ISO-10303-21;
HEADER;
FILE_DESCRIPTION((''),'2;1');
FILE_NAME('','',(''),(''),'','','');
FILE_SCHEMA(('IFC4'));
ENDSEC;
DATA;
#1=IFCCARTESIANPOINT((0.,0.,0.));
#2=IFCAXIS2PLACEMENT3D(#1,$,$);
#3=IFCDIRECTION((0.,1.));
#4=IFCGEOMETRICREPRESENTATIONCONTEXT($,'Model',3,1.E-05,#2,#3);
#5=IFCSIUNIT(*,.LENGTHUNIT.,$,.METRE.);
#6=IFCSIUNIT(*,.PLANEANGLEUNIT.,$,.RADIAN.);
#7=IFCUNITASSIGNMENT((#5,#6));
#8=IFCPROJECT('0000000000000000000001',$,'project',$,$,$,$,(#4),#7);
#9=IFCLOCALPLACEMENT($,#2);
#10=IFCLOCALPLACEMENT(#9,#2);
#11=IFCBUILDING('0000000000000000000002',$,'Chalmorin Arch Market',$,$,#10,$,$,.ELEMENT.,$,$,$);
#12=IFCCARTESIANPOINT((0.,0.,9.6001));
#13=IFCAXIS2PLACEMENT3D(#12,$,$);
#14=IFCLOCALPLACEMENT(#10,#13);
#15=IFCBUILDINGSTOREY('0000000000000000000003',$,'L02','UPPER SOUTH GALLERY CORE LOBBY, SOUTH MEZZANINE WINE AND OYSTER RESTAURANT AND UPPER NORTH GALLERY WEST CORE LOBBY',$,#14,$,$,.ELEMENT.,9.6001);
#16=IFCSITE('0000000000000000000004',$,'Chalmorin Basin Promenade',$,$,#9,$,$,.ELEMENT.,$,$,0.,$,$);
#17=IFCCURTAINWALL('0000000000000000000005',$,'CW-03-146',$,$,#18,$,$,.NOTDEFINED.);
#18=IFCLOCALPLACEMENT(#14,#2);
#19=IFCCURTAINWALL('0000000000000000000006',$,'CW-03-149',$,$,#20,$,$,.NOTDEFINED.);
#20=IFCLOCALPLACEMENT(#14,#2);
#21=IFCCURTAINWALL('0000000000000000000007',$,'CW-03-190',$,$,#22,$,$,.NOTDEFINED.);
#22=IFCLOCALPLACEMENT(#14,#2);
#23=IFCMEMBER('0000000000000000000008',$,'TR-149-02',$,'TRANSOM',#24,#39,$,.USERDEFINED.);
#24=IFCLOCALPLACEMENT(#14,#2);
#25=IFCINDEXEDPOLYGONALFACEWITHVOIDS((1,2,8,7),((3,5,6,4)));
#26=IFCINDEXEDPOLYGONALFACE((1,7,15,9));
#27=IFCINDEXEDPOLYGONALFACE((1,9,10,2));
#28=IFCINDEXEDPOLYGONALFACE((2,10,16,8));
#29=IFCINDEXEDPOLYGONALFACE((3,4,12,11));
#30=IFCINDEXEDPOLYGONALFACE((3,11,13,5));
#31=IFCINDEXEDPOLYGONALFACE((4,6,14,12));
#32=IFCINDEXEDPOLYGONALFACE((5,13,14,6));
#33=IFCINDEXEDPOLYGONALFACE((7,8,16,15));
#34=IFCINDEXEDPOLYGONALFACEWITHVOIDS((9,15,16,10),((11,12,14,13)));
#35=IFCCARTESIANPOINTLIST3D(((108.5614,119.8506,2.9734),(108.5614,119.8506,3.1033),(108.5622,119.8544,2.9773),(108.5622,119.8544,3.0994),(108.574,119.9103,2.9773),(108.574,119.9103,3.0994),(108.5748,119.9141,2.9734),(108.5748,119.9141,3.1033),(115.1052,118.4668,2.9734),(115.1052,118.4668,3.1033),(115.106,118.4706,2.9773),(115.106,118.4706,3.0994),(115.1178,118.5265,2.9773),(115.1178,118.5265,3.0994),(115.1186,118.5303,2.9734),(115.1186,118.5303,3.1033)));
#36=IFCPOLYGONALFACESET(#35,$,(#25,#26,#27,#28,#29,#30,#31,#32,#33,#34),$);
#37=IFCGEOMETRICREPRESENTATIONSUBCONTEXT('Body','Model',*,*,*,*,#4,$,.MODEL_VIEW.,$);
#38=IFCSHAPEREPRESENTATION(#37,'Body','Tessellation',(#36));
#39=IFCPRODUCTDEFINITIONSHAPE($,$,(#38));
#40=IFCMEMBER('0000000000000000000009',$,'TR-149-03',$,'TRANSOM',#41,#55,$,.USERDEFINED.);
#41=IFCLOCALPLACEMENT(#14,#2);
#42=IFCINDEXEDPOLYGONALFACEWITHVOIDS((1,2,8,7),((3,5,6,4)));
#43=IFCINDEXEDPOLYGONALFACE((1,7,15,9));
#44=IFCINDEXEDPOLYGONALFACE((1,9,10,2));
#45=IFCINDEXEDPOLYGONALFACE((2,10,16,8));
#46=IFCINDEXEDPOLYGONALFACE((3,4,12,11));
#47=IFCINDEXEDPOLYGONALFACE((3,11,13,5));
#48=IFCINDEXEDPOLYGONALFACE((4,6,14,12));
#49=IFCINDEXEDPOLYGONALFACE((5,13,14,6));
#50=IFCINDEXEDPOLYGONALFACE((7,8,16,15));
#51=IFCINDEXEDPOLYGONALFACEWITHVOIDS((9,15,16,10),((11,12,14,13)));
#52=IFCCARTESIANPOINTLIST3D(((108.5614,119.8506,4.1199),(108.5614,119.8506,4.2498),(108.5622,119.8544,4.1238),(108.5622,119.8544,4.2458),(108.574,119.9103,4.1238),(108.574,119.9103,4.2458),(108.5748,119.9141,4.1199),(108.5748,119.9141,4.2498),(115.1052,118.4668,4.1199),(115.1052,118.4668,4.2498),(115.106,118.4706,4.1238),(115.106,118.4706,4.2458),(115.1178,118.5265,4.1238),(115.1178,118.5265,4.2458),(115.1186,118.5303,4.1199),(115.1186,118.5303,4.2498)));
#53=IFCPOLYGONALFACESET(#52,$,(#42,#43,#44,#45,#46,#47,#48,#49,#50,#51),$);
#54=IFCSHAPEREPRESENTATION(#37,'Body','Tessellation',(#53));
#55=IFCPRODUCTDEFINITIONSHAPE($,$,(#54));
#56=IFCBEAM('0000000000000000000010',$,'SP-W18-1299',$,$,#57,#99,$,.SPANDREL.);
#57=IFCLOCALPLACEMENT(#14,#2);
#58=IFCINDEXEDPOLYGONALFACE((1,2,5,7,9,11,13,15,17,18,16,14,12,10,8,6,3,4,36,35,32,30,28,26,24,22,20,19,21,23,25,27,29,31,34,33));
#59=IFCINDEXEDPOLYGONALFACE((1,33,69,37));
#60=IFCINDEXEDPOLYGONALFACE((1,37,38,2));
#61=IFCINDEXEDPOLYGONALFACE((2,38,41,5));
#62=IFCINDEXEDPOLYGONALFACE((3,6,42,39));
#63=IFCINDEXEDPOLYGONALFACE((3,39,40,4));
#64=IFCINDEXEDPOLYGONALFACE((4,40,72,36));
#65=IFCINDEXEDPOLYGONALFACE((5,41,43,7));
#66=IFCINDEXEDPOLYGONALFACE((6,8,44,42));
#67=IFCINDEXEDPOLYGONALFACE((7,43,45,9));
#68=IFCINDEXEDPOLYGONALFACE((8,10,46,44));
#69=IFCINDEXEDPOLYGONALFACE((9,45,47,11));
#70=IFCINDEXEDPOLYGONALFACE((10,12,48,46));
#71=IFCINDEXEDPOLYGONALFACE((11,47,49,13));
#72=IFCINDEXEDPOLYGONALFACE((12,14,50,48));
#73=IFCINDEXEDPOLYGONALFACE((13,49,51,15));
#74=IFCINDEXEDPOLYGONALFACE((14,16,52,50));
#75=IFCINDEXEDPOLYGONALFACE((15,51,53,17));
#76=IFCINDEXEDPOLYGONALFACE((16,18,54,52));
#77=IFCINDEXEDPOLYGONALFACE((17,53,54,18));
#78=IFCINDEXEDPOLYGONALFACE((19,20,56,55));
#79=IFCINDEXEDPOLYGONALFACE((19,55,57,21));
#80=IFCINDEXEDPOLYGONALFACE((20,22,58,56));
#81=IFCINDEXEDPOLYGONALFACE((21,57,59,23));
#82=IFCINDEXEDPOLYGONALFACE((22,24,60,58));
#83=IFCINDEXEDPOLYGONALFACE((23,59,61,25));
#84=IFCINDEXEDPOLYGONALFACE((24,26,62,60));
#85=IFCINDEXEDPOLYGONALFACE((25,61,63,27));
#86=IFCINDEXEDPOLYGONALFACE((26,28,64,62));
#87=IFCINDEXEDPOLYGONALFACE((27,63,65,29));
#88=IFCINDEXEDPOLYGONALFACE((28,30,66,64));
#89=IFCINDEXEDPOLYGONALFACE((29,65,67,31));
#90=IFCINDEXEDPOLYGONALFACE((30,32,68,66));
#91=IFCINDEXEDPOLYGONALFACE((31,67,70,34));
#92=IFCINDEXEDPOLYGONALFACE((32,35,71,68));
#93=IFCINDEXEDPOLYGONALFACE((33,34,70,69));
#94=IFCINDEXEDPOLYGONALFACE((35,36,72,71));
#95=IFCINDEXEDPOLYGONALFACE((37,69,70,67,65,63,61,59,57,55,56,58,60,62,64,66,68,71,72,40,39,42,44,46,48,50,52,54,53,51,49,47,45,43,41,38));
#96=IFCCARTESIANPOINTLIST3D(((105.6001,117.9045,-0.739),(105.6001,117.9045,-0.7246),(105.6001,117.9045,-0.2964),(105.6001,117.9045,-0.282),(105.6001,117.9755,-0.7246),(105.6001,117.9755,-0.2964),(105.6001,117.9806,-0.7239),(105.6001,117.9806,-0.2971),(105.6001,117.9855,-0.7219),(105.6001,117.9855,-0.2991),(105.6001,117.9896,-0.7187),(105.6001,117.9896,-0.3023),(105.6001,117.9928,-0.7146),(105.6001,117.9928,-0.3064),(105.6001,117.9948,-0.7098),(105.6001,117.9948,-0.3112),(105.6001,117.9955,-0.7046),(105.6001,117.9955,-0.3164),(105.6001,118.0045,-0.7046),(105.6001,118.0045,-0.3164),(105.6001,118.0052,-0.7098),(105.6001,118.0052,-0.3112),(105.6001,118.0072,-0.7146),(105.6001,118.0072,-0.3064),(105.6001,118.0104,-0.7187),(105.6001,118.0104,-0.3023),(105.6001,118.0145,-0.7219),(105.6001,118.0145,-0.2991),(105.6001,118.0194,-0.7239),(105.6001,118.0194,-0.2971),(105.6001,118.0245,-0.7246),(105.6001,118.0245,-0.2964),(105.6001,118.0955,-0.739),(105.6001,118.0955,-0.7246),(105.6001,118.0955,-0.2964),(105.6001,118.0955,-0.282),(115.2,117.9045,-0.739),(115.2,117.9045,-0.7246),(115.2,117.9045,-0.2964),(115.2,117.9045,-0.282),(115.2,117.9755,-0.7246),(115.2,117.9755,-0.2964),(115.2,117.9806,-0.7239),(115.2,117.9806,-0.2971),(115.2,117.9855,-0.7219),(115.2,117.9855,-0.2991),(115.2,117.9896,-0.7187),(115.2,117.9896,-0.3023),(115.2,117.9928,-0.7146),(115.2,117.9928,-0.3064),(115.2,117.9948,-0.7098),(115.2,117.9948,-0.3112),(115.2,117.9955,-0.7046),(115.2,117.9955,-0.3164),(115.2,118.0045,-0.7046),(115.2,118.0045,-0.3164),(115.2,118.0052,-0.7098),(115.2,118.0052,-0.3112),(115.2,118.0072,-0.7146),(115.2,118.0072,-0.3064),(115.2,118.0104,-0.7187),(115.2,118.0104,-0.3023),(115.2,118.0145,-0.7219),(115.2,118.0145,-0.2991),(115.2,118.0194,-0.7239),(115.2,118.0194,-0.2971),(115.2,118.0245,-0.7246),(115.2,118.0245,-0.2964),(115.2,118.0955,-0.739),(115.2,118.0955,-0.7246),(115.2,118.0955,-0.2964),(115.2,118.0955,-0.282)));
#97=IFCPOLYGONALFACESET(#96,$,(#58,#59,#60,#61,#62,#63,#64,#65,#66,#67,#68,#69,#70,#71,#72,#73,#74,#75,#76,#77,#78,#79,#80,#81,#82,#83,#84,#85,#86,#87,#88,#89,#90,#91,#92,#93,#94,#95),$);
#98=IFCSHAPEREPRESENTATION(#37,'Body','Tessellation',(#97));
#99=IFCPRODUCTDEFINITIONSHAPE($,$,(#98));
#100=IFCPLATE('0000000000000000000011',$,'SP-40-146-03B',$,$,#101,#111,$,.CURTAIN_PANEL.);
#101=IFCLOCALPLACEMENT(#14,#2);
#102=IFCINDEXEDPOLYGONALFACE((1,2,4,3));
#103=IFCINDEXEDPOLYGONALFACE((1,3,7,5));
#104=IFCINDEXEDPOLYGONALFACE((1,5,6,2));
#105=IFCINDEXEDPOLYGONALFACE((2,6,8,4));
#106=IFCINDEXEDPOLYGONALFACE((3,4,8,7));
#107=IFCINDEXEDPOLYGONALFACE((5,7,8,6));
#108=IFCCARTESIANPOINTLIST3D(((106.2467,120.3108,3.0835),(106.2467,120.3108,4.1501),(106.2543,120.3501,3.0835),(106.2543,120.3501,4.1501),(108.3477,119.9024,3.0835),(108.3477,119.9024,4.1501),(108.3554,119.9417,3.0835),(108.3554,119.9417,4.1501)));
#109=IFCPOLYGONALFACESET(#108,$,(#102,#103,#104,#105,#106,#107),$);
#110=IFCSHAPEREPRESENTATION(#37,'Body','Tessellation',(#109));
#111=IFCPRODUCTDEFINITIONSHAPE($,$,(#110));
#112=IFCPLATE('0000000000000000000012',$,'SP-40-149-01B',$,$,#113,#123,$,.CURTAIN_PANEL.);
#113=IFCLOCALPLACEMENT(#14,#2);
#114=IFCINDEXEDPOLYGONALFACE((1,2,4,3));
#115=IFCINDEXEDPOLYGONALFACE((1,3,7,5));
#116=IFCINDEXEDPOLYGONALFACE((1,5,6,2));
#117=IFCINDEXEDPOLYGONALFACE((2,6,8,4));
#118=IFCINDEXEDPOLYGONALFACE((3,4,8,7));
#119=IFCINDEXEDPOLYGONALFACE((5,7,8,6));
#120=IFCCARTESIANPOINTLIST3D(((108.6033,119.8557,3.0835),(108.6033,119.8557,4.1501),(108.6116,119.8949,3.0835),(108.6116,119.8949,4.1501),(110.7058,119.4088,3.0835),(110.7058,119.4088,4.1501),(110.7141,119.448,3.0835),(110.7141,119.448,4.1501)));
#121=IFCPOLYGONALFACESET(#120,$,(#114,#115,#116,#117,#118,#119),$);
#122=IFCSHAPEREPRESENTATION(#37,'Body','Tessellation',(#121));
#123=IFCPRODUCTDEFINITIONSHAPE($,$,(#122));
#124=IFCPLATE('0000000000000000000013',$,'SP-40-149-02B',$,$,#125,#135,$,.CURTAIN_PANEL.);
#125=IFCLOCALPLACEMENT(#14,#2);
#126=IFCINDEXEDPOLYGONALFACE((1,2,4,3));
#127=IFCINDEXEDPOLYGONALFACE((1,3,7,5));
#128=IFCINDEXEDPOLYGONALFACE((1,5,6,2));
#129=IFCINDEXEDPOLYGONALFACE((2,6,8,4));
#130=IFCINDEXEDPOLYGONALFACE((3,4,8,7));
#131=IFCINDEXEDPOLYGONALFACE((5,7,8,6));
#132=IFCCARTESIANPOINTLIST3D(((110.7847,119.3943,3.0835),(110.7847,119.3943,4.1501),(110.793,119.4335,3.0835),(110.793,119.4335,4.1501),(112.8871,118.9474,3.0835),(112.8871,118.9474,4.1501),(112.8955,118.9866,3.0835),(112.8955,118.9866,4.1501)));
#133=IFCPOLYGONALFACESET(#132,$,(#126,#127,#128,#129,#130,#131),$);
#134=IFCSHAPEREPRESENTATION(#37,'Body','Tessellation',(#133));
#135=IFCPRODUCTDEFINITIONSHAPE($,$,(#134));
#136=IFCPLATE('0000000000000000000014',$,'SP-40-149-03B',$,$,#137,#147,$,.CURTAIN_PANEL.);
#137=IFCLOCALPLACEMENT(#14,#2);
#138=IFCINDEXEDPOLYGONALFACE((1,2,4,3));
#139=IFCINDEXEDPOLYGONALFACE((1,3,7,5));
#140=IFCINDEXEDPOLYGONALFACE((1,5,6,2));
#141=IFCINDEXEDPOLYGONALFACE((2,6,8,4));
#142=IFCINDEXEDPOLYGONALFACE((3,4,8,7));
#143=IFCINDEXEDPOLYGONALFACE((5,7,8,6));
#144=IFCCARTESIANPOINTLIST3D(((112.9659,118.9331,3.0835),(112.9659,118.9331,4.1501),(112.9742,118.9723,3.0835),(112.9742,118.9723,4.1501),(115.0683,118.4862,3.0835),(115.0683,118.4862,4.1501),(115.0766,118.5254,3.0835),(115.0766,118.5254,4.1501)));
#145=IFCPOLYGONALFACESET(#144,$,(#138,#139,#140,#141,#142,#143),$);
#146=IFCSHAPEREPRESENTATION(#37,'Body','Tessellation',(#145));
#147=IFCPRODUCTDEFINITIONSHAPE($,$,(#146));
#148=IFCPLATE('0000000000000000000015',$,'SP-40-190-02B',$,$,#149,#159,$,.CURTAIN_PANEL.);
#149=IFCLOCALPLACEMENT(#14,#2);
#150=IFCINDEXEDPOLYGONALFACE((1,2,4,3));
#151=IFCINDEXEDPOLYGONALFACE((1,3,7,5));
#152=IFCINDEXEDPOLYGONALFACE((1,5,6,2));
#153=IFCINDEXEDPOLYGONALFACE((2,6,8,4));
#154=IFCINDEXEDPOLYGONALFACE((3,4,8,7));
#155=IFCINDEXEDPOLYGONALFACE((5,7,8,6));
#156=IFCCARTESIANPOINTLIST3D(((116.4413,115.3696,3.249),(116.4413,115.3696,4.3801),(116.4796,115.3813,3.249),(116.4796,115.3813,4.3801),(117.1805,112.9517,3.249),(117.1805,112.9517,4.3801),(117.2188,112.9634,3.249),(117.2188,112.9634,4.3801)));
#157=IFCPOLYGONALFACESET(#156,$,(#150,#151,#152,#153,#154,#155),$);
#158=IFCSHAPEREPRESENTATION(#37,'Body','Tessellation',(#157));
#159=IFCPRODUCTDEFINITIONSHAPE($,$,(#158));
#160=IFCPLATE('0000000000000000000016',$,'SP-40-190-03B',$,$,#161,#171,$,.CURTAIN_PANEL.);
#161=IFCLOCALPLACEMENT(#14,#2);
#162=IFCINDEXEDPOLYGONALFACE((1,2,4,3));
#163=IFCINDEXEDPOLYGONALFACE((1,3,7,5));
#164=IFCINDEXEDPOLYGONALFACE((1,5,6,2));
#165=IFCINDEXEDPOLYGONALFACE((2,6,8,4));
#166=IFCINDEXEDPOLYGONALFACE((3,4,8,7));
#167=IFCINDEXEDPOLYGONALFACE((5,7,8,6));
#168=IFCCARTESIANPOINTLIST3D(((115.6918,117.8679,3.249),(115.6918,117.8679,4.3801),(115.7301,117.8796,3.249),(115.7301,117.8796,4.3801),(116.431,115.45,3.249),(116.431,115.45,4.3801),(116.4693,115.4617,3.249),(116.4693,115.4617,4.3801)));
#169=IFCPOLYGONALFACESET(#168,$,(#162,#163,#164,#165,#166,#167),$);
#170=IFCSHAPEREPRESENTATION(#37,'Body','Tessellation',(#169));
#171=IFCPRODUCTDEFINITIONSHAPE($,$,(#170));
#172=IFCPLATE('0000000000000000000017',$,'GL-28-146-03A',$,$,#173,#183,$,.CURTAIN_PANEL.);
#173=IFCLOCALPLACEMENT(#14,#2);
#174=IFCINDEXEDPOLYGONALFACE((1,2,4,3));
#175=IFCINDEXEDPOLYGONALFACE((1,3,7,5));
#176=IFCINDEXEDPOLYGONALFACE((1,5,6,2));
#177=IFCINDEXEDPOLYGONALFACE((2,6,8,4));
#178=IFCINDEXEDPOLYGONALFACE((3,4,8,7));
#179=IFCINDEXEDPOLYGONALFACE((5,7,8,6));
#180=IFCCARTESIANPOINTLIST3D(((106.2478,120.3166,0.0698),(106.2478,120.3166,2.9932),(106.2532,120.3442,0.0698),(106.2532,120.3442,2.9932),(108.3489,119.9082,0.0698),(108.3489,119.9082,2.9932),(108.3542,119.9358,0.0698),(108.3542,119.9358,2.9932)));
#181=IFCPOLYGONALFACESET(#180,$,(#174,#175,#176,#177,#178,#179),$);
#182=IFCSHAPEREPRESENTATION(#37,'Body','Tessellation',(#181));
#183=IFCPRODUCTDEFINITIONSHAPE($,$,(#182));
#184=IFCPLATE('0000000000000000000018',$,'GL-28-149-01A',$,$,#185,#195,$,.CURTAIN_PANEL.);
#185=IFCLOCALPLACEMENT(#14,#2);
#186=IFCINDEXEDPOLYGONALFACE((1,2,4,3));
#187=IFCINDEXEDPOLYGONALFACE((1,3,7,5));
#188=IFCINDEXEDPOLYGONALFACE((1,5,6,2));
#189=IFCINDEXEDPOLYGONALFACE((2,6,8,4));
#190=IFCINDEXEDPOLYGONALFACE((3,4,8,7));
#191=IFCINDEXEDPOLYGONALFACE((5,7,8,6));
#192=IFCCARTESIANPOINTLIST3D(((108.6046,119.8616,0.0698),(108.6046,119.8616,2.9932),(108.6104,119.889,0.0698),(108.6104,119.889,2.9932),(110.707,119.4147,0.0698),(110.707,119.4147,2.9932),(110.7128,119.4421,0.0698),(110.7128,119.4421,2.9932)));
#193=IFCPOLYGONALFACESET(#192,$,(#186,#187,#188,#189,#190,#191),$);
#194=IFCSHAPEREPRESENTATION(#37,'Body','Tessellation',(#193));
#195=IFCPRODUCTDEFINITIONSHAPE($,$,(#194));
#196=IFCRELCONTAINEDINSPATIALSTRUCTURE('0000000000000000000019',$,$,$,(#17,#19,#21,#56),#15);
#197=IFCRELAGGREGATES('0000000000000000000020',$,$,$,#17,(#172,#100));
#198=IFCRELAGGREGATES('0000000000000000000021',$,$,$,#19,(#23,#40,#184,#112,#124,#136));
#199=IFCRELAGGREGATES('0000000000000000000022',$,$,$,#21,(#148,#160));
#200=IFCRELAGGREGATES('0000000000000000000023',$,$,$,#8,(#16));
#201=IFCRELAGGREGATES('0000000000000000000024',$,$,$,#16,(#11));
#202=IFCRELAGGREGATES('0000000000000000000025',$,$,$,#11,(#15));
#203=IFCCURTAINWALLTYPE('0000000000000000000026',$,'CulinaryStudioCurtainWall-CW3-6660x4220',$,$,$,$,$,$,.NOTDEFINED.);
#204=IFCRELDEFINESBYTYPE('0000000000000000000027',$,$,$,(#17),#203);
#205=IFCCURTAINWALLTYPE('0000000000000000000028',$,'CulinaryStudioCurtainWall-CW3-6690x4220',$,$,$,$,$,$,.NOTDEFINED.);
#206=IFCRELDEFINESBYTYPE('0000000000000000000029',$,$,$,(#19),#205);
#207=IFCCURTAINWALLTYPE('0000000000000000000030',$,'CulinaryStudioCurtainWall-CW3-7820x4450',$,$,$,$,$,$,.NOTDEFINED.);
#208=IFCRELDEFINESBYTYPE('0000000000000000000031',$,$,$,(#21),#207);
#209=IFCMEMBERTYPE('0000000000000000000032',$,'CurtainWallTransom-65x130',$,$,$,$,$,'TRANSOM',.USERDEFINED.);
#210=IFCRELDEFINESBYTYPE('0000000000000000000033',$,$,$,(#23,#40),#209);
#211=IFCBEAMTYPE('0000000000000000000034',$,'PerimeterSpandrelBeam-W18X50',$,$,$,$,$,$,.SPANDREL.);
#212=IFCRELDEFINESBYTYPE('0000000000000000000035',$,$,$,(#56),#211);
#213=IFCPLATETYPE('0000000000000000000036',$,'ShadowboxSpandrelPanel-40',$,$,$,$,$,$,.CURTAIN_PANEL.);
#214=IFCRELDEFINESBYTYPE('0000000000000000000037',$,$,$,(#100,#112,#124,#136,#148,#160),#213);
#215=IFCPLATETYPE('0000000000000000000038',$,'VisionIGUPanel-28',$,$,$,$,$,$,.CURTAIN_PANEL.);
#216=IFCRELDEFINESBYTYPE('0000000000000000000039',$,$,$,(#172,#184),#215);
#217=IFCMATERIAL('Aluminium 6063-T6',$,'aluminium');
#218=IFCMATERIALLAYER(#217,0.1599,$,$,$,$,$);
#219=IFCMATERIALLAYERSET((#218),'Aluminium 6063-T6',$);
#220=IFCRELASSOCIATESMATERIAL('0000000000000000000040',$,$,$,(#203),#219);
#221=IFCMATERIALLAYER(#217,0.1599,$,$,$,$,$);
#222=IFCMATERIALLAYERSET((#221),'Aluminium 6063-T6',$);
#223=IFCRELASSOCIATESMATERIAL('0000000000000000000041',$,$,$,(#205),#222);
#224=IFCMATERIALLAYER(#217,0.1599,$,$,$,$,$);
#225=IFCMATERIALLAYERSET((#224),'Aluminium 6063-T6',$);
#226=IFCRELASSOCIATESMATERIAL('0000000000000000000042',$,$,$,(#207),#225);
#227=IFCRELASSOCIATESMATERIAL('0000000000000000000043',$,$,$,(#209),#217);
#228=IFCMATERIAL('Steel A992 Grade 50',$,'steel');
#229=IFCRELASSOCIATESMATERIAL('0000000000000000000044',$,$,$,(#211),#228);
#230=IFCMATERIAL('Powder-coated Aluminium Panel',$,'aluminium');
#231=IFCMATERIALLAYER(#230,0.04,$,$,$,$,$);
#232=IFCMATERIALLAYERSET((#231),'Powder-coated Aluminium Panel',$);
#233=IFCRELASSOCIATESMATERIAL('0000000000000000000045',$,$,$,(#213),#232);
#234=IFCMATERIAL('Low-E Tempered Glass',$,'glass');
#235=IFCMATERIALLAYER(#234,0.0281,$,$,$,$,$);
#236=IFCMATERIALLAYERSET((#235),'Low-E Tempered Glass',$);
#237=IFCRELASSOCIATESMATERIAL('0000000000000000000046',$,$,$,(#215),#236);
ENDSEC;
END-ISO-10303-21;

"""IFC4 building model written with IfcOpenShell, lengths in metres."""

from ifc_helpers import new_model, si_unit, direction, frame, origin, origin_2d, place, context, subcontext, project, spatial, rectangle, hollow_rectangle, i_section, extrude, material, layer, layer_set, material_profile, profile_set, type_object, element, aggregate, save


model = new_model("IFC4")

# Units and contexts
model_context = context("Model", 3, precision=1e-05, world=origin(), true_north=direction((0.0, 1.0)))
body_context = subcontext(model_context, "Body", "Model", "MODEL_VIEW")
ifc_project = project(units=[si_unit("LENGTHUNIT", "METRE"), si_unit("PLANEANGLEUNIT", "RADIAN")], contexts=[model_context])

# Site, building, storey
site_placement = place(None, origin())
site = spatial("IfcSite", under=ifc_project, at=site_placement, Name="Chalmorin Basin Promenade", CompositionType="ELEMENT", RefElevation=0.0)
building_placement = place(site_placement, origin())
building = spatial("IfcBuilding", under=site, at=building_placement, Name="Chalmorin Arch Market", CompositionType="ELEMENT")
storey_placement = place(building_placement, frame((0.0, 0.0, 9.6001)))
storey = spatial("IfcBuildingStorey", under=building, at=storey_placement, Name="L02", Description="UPPER SOUTH GALLERY CORE LOBBY, SOUTH MEZZANINE WINE AND OYSTER RESTAURANT AND UPPER NORTH GALLERY WEST CORE LOBBY", CompositionType="ELEMENT", Elevation=9.6001)

# Curtain walls
ifc_material_1 = material(Name="Aluminium 6063-T6", Category="aluminium")
ifc_layer_1 = layer(ifc_material_1, 0.1599)
ifc_layer_set_1 = layer_set([ifc_layer_1], Name="Aluminium 6063-T6")
curtain_wall_type_1 = type_object("IfcCurtainWallType", Name="CulinaryStudioCurtainWall-CW3-6660x4220", PredefinedType="NOTDEFINED", material=ifc_layer_set_1)
curtain_wall_1_placement = place(storey_placement, origin())
curtain_wall_1 = element("IfcCurtainWall", 1, at=curtain_wall_1_placement, inside=storey, type_object=curtain_wall_type_1, Name="CW-03-146", PredefinedType="NOTDEFINED")
ifc_layer_2 = layer(ifc_material_1, 0.1599)
ifc_layer_set_2 = layer_set([ifc_layer_2], Name="Aluminium 6063-T6")
curtain_wall_type_2 = type_object("IfcCurtainWallType", Name="CulinaryStudioCurtainWall-CW3-6690x4220", PredefinedType="NOTDEFINED", material=ifc_layer_set_2)
curtain_wall_2_placement = place(storey_placement, origin())
curtain_wall_2 = element("IfcCurtainWall", 2, at=curtain_wall_2_placement, inside=storey, type_object=curtain_wall_type_2, Name="CW-03-149", PredefinedType="NOTDEFINED")
ifc_layer_3 = layer(ifc_material_1, 0.1599)
ifc_layer_set_3 = layer_set([ifc_layer_3], Name="Aluminium 6063-T6")
curtain_wall_type_3 = type_object("IfcCurtainWallType", Name="CulinaryStudioCurtainWall-CW3-7820x4450", PredefinedType="NOTDEFINED", material=ifc_layer_set_3)
curtain_wall_3_placement = place(storey_placement, origin())
curtain_wall_3 = element("IfcCurtainWall", 3, at=curtain_wall_3_placement, inside=storey, type_object=curtain_wall_type_3, Name="CW-03-190", PredefinedType="NOTDEFINED")

# Members
ifc_material_profile_1 = material_profile(ifc_material_1, hollow_rectangle(XDim=0.0649, YDim=0.1299, WallThickness=0.0039, at=origin_2d()), Name="ALU65X130X4")
ifc_profile_set_1 = profile_set([ifc_material_profile_1], Name="Aluminium 6063-T6")
member_type_1 = type_object("IfcMemberType", Name="CurtainWallTransom-65x130", ElementType="TRANSOM", PredefinedType="USERDEFINED", material=ifc_profile_set_1)
member_1_placement = place(storey_placement, frame((108.5681, 119.8823, 3.0383), z_axis=(0.978363, -0.206893, 0.0), x_axis=(0.206893, 0.978363, 0.0)))
member_1 = element("IfcMember", 4, at=member_1_placement, type_object=member_type_1, Name="TR-149-02", ObjectType="TRANSOM", PredefinedType="USERDEFINED", context=body_context, shape_type="SweptSolid", body=[
    extrude(hollow_rectangle(XDim=0.0649, YDim=0.1299, WallThickness=0.0039, at=origin_2d()), origin(), (0.0, 0.0, 1.0), 6.6885),
])
member_2_placement = place(storey_placement, frame((108.5681, 119.8823, 4.1848), z_axis=(0.978363, -0.206893, 0.0), x_axis=(0.206893, 0.978363, 0.0)))
member_2 = element("IfcMember", 5, at=member_2_placement, type_object=member_type_1, Name="TR-149-03", ObjectType="TRANSOM", PredefinedType="USERDEFINED", context=body_context, shape_type="SweptSolid", body=[
    extrude(hollow_rectangle(XDim=0.0649, YDim=0.1299, WallThickness=0.0039, at=origin_2d()), origin(), (0.0, 0.0, 1.0), 6.6885),
])

# Beam
ifc_material_2 = material(Name="Steel A992 Grade 50", Category="steel")
ifc_material_profile_2 = material_profile(ifc_material_2, i_section(OverallWidth=0.1909, OverallDepth=0.457, WebThickness=0.009, FlangeThickness=0.0144, FilletRadius=0.02, at=origin_2d()), Name="W18X50")
ifc_profile_set_2 = profile_set([ifc_material_profile_2], Name="Steel A992 Grade 50")
beam_type = type_object("IfcBeamType", Name="PerimeterSpandrelBeam-W18X50", PredefinedType="SPANDREL", material=ifc_profile_set_2)
beam_placement = place(storey_placement, frame((105.6001, 118.0, -0.5105), z_axis=(1.0, 0.0, 0.0), x_axis=(0.0, 1.0, 0.0)))
element("IfcBeam", 6, at=beam_placement, inside=storey, type_object=beam_type, Name="SP-W18-1299", PredefinedType="SPANDREL", context=body_context, shape_type="SweptSolid", body=[
    extrude(i_section(OverallWidth=0.1909, OverallDepth=0.457, WebThickness=0.009, FlangeThickness=0.0144, FilletRadius=0.02, at=origin_2d()), origin(), (0.0, 0.0, 1.0), 9.5999),
])

# Plates
ifc_material_3 = material(Name="Powder-coated Aluminium Panel", Category="aluminium")
ifc_layer_4 = layer(ifc_material_3, 0.04)
ifc_layer_set_4 = layer_set([ifc_layer_4], Name="Powder-coated Aluminium Panel")
plate_type_1 = type_object("IfcPlateType", Name="ShadowboxSpandrelPanel-40", PredefinedType="CURTAIN_PANEL", material=ifc_layer_set_4)
plate_1_placement = place(storey_placement, frame((107.301, 120.1262, 3.0835), z_axis=(0.0, 0.0, 1.0), x_axis=(0.981627, -0.190809, 0.0)))
plate_1 = element("IfcPlate", 7, at=plate_1_placement, type_object=plate_type_1, Name="SP-40-146-03B", PredefinedType="CURTAIN_PANEL", context=body_context, shape_type="SweptSolid", body=[
    extrude(rectangle(XDim=2.1404, YDim=0.04, at=origin_2d()), origin(), (0.0, 0.0, 1.0), 1.0667),
])
plate_2_placement = place(storey_placement, frame((109.6587, 119.6519, 3.0835), z_axis=(0.0, 0.0, 1.0), x_axis=(0.978148, -0.207912, 0.0)))
plate_2 = element("IfcPlate", 8, at=plate_2_placement, type_object=plate_type_1, Name="SP-40-149-01B", PredefinedType="CURTAIN_PANEL", context=body_context, shape_type="SweptSolid", body=[
    extrude(rectangle(XDim=2.1494, YDim=0.04, at=origin_2d()), origin(), (0.0, 0.0, 1.0), 1.0667),
])
plate_3_placement = place(storey_placement, frame((111.8401, 119.1904, 3.0835), z_axis=(0.0, 0.0, 1.0), x_axis=(0.978148, -0.207912, 0.0)))
plate_3 = element("IfcPlate", 9, at=plate_3_placement, type_object=plate_type_1, Name="SP-40-149-02B", PredefinedType="CURTAIN_PANEL", context=body_context, shape_type="SweptSolid", body=[
    extrude(rectangle(XDim=2.1494, YDim=0.04, at=origin_2d()), origin(), (0.0, 0.0, 1.0), 1.0667),
])
plate_4_placement = place(storey_placement, frame((114.0212, 118.7292, 3.0835), z_axis=(0.0, 0.0, 1.0), x_axis=(0.978148, -0.207912, 0.0)))
plate_4 = element("IfcPlate", 10, at=plate_4_placement, type_object=plate_type_1, Name="SP-40-149-03B", PredefinedType="CURTAIN_PANEL", context=body_context, shape_type="SweptSolid", body=[
    extrude(rectangle(XDim=2.1494, YDim=0.04, at=origin_2d()), origin(), (0.0, 0.0, 1.0), 1.0667),
])
plate_5_placement = place(storey_placement, frame((116.8301, 114.1665, 3.249), z_axis=(0.0, 0.0, 1.0), x_axis=(-0.292372, 0.956305, 0.0)))
plate_5 = element("IfcPlate", 11, at=plate_5_placement, type_object=plate_type_1, Name="SP-40-190-02B", PredefinedType="CURTAIN_PANEL", context=body_context, shape_type="SweptSolid", body=[
    extrude(rectangle(XDim=2.5283, YDim=0.04, at=origin_2d()), origin(), (0.0, 0.0, 1.0), 1.1311),
])
plate_6_placement = place(storey_placement, frame((116.0806, 116.6648, 3.249), z_axis=(0.0, 0.0, 1.0), x_axis=(-0.292372, 0.956305, 0.0)))
plate_6 = element("IfcPlate", 12, at=plate_6_placement, type_object=plate_type_1, Name="SP-40-190-03B", PredefinedType="CURTAIN_PANEL", context=body_context, shape_type="SweptSolid", body=[
    extrude(rectangle(XDim=2.5283, YDim=0.04, at=origin_2d()), origin(), (0.0, 0.0, 1.0), 1.1311),
])
ifc_material_4 = material(Name="Low-E Tempered Glass", Category="glass")
ifc_layer_5 = layer(ifc_material_4, 0.0281)
ifc_layer_set_5 = layer_set([ifc_layer_5], Name="Low-E Tempered Glass")
plate_type_2 = type_object("IfcPlateType", Name="VisionIGUPanel-28", PredefinedType="CURTAIN_PANEL", material=ifc_layer_set_5)
plate_7_placement = place(storey_placement, frame((107.301, 120.1262, 0.0698), z_axis=(0.0, 0.0, 1.0), x_axis=(0.981627, -0.190809, 0.0)))
plate_7 = element("IfcPlate", 13, at=plate_7_placement, type_object=plate_type_2, Name="GL-28-146-03A", PredefinedType="CURTAIN_PANEL", context=body_context, shape_type="SweptSolid", body=[
    extrude(rectangle(XDim=2.1404, YDim=0.0281, at=origin_2d()), origin(), (0.0, 0.0, 1.0), 2.9233),
])
aggregate(curtain_wall_1, [plate_7, plate_1])
plate_8_placement = place(storey_placement, frame((109.6587, 119.6519, 0.0698), z_axis=(0.0, 0.0, 1.0), x_axis=(0.978148, -0.207912, 0.0)))
plate_8 = element("IfcPlate", 14, at=plate_8_placement, type_object=plate_type_2, Name="GL-28-149-01A", PredefinedType="CURTAIN_PANEL", context=body_context, shape_type="SweptSolid", body=[
    extrude(rectangle(XDim=2.1494, YDim=0.0281, at=origin_2d()), origin(), (0.0, 0.0, 1.0), 2.9233),
])
aggregate(curtain_wall_2, [member_1, member_2, plate_8, plate_2, plate_3, plate_4])
aggregate(curtain_wall_3, [plate_5, plate_6])

save(model, "model.ifc")
